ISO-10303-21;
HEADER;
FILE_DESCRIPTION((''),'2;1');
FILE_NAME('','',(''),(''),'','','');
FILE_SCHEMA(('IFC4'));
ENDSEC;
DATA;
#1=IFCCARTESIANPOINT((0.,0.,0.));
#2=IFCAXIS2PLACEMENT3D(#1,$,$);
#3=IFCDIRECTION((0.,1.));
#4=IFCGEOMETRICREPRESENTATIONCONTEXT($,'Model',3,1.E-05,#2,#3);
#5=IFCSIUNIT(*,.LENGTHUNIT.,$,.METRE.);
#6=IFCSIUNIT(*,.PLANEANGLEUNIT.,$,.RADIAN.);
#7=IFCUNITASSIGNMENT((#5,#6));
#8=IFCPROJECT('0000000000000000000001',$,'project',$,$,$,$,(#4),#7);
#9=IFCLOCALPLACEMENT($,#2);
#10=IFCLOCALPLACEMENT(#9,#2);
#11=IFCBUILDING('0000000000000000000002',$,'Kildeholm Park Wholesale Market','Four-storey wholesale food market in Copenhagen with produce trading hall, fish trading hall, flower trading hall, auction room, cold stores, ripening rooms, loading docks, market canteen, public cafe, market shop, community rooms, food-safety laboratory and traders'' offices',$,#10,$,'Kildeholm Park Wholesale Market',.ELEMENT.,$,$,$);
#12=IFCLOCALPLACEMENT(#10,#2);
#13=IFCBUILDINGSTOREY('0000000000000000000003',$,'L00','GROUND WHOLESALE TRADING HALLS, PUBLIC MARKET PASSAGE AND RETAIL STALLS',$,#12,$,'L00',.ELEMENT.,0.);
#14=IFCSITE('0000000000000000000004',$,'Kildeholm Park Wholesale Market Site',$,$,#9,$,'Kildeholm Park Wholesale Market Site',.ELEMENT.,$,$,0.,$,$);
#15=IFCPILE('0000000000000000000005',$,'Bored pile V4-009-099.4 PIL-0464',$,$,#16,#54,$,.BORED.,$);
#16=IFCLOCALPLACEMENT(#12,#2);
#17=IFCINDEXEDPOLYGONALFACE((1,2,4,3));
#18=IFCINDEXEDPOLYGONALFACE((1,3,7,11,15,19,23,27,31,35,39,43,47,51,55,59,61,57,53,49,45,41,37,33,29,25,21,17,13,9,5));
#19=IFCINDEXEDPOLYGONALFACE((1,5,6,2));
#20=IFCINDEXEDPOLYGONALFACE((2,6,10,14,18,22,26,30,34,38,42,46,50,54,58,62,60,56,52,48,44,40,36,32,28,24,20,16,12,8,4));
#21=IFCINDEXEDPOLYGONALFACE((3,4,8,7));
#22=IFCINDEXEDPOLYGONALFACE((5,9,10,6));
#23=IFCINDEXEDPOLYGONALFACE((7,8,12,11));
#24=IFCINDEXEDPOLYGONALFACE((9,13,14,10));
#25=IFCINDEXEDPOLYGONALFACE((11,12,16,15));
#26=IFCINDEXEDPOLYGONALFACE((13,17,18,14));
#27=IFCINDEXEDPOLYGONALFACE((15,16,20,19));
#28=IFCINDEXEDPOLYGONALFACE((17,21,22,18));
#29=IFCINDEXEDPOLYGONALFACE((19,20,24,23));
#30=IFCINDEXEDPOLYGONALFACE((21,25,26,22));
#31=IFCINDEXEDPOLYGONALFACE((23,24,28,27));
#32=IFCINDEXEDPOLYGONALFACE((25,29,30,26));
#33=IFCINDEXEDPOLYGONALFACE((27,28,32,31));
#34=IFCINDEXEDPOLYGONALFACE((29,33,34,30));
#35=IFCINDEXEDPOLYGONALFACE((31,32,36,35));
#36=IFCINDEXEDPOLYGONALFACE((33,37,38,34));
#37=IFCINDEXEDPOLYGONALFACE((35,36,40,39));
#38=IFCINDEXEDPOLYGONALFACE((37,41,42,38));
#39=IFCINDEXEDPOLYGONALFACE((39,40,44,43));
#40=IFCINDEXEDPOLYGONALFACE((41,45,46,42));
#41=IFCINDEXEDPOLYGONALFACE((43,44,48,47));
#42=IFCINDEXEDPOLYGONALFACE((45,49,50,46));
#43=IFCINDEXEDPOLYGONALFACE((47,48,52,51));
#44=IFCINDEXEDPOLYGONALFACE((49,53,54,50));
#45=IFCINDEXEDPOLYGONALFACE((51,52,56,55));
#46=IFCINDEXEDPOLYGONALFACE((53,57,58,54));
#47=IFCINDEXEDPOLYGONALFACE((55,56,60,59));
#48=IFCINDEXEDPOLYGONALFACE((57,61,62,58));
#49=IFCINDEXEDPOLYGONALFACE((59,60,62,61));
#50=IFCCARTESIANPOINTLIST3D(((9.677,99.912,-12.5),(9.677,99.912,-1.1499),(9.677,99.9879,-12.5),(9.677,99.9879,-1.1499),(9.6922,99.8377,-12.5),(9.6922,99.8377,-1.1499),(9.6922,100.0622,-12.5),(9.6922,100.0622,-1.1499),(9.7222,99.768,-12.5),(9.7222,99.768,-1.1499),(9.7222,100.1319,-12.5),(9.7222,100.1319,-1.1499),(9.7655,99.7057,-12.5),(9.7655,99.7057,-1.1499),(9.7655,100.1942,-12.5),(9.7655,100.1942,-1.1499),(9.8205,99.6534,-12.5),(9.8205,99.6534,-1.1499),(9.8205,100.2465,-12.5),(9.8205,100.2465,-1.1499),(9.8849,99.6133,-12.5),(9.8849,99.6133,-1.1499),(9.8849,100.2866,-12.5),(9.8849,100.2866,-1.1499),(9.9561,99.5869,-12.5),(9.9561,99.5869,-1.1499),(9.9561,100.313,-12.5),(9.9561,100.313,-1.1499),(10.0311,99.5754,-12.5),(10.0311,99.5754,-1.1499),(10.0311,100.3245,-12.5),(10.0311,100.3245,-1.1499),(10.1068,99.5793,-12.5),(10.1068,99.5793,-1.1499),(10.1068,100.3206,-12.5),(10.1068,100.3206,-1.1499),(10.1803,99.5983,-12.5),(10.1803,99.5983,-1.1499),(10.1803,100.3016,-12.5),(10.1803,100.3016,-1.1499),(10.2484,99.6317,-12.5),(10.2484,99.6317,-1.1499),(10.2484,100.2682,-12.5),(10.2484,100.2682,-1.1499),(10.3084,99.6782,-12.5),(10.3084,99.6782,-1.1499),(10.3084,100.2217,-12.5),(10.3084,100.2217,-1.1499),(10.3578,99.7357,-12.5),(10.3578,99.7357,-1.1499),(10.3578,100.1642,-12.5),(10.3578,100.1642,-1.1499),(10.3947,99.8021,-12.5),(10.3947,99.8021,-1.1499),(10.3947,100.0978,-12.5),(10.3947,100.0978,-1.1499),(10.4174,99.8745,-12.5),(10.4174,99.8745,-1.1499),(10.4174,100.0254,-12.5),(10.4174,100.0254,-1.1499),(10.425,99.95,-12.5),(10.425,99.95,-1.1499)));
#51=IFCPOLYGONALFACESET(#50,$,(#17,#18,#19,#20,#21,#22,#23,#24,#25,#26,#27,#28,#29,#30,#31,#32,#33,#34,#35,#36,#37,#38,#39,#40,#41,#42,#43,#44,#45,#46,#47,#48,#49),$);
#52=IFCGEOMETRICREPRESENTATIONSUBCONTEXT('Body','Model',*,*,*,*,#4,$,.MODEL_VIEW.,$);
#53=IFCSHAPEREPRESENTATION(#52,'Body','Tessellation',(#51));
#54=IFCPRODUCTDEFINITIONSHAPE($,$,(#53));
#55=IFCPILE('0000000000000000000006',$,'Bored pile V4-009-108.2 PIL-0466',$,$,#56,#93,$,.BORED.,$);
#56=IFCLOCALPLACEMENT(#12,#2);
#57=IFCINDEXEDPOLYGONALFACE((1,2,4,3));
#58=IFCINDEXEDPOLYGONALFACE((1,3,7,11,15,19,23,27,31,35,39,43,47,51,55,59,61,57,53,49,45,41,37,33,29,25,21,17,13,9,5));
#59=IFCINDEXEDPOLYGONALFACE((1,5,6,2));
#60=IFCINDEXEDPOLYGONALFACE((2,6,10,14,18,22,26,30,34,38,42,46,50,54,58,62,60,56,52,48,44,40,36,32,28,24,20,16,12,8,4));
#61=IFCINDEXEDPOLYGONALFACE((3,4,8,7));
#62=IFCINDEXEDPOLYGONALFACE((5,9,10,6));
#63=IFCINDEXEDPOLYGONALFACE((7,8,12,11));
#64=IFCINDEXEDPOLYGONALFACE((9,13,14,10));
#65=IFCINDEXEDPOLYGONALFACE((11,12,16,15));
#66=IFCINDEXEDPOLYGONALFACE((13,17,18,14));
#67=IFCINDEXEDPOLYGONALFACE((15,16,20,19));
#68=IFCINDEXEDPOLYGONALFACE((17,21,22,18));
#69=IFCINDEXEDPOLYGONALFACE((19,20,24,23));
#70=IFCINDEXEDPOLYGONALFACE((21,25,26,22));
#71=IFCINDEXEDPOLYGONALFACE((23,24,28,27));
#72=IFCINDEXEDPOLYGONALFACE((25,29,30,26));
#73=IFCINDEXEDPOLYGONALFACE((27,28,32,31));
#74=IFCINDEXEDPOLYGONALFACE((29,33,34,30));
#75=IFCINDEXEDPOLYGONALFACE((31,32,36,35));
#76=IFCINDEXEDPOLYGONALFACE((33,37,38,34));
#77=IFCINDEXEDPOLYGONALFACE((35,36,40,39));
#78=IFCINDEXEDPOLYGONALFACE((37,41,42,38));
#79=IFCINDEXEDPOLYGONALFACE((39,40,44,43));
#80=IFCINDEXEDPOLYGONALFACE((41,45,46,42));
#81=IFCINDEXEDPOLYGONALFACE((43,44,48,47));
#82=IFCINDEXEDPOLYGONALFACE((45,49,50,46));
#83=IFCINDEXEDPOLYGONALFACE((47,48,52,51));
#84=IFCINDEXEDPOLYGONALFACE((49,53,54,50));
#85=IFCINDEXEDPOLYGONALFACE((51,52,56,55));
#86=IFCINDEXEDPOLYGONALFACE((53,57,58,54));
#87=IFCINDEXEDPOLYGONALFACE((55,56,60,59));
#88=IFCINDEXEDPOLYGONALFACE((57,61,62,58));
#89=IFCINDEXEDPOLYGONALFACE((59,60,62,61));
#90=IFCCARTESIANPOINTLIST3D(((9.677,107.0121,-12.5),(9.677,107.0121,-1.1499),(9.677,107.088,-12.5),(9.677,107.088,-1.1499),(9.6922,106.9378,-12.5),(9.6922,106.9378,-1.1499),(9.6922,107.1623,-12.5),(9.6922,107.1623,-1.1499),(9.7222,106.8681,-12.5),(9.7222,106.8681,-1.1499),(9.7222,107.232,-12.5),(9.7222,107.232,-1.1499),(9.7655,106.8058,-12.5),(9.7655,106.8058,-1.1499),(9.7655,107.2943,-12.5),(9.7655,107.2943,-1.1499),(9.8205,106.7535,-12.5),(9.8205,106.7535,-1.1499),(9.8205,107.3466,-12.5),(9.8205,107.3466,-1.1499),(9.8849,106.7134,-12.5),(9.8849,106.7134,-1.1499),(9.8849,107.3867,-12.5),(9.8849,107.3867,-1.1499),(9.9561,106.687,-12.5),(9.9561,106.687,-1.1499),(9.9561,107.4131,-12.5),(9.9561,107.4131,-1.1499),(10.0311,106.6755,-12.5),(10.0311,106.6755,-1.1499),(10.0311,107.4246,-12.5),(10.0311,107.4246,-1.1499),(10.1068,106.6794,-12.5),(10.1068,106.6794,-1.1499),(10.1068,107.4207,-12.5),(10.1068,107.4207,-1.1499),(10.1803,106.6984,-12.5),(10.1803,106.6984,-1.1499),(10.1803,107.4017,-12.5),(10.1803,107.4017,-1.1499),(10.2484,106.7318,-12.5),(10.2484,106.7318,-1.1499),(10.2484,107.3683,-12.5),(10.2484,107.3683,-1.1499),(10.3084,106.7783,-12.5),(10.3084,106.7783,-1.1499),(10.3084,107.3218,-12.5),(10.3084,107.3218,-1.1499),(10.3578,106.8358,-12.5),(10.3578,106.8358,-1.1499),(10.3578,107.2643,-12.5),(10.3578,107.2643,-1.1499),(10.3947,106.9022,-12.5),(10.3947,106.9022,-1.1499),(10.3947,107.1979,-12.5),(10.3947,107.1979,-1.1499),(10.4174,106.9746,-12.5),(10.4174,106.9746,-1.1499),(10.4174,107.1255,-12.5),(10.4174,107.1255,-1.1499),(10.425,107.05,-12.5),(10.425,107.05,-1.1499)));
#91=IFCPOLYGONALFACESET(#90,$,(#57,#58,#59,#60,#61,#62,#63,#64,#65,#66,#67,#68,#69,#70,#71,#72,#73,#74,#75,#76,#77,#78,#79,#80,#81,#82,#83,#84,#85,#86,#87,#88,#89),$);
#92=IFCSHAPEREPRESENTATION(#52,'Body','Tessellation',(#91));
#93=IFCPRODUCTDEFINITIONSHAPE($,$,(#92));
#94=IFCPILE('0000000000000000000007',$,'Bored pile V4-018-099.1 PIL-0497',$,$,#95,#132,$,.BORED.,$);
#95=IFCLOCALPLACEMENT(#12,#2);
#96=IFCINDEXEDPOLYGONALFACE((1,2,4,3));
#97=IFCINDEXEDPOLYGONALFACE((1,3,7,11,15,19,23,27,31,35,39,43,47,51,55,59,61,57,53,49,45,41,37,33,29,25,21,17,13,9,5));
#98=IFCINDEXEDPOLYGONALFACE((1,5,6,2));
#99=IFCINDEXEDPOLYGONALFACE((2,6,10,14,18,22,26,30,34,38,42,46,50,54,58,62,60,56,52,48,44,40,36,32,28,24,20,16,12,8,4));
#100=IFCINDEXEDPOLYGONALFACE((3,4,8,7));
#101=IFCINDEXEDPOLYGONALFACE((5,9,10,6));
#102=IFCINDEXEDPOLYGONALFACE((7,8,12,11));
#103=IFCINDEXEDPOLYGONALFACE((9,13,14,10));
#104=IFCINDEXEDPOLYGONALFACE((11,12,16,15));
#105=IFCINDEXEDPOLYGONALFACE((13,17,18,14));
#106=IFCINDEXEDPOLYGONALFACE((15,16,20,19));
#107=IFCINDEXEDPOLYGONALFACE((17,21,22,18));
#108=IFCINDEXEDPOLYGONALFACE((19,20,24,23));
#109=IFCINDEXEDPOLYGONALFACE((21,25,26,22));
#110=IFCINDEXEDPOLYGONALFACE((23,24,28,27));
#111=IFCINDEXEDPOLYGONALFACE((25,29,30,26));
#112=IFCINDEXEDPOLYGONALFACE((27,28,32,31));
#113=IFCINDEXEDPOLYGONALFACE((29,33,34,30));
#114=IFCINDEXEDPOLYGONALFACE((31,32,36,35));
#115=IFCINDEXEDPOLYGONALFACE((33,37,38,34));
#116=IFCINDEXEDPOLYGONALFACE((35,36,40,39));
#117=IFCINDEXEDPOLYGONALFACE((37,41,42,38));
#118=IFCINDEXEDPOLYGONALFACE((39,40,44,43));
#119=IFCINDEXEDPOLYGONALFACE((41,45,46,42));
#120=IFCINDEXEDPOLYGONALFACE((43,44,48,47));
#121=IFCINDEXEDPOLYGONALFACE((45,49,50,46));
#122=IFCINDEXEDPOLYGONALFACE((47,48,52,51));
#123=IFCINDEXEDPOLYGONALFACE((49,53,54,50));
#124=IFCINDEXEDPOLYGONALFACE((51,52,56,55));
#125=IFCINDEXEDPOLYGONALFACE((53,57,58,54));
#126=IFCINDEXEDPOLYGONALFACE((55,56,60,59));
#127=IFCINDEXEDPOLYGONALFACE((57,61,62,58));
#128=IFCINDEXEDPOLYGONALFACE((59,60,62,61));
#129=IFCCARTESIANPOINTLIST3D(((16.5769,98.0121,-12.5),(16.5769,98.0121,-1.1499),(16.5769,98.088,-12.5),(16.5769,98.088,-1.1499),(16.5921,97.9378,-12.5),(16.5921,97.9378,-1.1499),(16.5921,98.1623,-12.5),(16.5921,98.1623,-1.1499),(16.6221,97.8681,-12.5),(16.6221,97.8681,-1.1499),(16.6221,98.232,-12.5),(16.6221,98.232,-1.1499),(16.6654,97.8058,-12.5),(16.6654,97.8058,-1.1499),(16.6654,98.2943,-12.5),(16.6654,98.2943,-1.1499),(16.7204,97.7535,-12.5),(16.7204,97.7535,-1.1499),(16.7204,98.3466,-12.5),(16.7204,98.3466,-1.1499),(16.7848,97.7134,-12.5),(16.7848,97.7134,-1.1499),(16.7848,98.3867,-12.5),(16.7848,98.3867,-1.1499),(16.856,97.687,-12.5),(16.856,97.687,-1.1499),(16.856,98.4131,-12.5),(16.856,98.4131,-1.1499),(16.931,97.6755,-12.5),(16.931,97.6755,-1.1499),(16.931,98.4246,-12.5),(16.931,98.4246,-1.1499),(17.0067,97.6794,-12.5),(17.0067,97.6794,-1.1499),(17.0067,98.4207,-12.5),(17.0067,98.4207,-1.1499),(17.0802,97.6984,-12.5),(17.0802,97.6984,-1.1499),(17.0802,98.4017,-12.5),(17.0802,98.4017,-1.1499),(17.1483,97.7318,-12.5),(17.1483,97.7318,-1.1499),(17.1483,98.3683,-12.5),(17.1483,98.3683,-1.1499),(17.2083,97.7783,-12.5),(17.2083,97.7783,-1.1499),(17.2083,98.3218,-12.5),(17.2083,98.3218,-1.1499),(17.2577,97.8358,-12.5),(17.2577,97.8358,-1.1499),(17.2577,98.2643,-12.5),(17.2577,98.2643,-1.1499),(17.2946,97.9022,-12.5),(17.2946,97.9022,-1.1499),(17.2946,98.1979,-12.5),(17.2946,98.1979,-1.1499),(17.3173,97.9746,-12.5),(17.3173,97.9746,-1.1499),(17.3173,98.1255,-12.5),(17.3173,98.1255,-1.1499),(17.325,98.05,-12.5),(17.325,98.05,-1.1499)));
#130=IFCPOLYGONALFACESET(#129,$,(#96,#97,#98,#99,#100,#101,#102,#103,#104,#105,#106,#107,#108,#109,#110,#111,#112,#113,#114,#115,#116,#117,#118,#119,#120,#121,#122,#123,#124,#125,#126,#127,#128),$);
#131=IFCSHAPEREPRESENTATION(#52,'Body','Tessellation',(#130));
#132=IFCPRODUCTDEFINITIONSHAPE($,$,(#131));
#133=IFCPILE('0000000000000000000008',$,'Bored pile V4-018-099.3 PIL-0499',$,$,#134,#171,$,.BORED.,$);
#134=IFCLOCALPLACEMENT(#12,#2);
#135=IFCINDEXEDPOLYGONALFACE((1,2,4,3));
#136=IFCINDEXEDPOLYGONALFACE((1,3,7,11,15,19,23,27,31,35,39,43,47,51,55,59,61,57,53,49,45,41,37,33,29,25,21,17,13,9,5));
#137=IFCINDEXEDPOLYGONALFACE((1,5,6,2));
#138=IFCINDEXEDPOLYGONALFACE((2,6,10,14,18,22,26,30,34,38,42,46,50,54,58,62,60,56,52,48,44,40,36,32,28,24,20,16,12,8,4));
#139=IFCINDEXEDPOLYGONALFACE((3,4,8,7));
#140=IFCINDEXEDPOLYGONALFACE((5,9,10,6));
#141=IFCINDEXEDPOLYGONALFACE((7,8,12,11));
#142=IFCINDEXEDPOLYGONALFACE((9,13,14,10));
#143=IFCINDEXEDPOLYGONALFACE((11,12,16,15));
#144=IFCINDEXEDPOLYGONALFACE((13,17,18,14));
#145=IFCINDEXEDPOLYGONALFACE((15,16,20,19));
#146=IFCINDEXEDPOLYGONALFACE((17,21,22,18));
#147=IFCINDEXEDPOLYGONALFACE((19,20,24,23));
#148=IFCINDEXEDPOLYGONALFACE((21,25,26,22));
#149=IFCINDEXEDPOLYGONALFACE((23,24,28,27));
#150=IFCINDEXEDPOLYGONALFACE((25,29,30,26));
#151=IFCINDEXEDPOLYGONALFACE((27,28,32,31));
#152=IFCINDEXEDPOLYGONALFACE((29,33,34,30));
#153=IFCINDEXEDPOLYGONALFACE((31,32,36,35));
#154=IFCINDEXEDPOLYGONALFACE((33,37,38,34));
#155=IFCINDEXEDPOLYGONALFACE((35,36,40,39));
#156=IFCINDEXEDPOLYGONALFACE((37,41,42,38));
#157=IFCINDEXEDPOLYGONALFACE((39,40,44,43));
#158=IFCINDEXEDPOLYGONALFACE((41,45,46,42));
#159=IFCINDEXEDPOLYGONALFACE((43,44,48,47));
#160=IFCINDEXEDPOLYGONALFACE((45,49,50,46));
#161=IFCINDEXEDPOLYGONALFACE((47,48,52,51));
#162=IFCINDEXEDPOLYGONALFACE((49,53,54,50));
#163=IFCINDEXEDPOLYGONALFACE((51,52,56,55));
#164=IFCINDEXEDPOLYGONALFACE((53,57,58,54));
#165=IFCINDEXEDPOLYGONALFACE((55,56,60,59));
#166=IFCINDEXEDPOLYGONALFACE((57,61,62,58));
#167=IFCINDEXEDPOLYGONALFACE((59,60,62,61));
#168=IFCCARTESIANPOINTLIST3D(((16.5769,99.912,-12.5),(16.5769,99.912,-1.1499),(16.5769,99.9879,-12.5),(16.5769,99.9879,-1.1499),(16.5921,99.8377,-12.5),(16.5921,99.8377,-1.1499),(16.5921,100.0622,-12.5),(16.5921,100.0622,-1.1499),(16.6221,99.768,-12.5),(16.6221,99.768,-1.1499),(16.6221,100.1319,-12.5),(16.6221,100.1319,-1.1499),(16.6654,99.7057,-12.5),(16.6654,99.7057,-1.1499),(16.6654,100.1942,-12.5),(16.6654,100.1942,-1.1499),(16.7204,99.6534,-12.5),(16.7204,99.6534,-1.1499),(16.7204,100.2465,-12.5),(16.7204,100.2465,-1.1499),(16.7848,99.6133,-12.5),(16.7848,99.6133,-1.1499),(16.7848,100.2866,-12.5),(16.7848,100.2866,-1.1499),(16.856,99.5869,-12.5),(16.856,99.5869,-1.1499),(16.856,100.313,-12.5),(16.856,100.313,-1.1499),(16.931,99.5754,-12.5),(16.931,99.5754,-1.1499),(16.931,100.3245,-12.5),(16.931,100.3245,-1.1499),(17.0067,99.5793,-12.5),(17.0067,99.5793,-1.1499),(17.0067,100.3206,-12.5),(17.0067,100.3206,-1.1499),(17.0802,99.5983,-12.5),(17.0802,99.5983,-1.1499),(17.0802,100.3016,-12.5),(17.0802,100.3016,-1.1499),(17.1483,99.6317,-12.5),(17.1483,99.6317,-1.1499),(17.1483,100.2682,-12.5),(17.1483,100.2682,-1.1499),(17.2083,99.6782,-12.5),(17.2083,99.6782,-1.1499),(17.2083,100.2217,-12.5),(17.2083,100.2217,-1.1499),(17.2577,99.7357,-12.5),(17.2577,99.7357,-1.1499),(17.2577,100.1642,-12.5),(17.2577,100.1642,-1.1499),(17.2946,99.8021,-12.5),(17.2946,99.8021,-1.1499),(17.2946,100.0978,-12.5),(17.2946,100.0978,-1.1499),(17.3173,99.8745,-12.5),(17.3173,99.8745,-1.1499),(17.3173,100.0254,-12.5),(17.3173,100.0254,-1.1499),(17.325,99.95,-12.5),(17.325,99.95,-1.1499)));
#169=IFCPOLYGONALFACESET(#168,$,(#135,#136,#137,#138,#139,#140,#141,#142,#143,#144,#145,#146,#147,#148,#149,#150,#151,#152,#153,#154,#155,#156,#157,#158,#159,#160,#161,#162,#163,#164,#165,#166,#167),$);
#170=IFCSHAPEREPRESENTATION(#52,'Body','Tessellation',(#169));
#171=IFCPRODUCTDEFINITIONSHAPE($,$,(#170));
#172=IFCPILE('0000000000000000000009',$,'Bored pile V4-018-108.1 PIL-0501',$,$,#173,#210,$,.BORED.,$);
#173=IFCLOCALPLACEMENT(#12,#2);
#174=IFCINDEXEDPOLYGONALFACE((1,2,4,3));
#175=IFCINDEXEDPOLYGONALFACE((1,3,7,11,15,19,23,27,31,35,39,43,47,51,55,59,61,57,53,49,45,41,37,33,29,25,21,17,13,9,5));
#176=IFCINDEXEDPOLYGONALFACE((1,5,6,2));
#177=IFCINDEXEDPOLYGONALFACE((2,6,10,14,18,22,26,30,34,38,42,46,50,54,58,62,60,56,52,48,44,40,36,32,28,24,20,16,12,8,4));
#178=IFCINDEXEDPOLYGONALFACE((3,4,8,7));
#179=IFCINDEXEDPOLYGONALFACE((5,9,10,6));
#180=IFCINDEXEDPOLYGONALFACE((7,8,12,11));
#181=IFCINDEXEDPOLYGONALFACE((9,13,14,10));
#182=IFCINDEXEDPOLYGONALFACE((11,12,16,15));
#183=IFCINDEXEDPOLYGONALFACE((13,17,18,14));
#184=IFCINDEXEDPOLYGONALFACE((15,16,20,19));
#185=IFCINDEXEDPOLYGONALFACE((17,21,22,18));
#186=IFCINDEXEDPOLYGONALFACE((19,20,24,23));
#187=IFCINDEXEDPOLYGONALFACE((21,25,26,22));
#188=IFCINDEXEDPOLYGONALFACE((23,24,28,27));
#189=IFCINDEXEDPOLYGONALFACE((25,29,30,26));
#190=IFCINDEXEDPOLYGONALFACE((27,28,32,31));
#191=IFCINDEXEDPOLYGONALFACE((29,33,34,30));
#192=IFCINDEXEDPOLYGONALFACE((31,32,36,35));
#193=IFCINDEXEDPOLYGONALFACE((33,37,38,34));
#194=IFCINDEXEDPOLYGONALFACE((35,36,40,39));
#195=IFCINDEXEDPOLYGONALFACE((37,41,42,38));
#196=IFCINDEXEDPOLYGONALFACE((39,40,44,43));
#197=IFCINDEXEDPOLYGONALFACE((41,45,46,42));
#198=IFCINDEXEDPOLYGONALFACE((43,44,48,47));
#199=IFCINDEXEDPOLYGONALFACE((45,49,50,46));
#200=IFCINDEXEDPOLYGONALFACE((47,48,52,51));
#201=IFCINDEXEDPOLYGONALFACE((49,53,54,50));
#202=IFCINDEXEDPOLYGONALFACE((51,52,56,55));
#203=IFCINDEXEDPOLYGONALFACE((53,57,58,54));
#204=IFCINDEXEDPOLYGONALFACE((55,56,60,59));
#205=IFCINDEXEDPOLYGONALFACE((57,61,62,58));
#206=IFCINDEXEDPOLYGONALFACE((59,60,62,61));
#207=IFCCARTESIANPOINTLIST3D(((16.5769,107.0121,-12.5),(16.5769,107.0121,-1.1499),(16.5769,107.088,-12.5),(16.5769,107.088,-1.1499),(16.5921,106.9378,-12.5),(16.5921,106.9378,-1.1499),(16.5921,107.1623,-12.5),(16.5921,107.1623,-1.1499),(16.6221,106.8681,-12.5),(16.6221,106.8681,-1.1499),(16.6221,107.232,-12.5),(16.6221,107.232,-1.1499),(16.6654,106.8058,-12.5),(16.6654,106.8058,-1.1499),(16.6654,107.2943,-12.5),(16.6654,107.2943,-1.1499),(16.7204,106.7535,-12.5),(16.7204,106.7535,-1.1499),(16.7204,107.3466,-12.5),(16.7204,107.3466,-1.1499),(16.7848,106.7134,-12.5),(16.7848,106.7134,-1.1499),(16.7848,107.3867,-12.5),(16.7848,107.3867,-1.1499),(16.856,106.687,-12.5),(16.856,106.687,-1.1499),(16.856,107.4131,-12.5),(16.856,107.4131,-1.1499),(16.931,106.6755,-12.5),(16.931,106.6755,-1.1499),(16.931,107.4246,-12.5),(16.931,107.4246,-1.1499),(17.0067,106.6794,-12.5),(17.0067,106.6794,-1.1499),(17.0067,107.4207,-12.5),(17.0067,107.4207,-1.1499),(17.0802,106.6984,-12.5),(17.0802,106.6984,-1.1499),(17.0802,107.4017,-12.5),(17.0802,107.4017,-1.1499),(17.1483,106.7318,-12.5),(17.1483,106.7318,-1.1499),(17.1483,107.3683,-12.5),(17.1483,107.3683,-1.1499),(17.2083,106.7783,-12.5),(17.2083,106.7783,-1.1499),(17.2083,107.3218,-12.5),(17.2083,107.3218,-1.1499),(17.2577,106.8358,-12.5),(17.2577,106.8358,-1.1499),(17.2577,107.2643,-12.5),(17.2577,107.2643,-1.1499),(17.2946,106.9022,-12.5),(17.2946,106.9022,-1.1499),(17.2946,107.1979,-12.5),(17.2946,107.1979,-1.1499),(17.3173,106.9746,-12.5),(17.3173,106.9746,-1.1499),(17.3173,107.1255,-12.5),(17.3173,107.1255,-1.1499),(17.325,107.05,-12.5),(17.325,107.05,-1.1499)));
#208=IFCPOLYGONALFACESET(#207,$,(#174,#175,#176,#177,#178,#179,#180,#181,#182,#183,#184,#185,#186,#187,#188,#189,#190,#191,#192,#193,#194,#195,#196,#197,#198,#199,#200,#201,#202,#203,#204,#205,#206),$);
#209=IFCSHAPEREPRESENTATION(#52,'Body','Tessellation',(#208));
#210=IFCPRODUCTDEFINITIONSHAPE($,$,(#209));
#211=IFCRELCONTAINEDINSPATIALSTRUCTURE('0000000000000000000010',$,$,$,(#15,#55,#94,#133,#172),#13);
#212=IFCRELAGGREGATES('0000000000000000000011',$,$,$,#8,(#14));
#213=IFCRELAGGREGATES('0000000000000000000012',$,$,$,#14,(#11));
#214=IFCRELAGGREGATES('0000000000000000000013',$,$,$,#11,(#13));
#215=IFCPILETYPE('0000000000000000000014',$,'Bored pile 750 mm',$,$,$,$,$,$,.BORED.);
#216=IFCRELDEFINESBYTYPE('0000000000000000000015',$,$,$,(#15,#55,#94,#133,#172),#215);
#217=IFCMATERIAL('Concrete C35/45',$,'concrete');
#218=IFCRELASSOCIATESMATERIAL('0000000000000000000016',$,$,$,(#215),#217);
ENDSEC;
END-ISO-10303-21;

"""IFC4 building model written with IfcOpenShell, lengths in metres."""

from ifc_helpers import new_model, si_unit, direction, frame, origin, origin_2d, place, context, subcontext, project, spatial, circle, extrude, material, material_profile, profile_set, type_object, element, save


model = new_model("IFC4")

# Units and contexts
model_context = context("Model", 3, precision=1e-05, world=origin(), true_north=direction((0.0, 1.0)))
body_context = subcontext(model_context, "Body", "Model", "MODEL_VIEW")
ifc_project = project(units=[si_unit("LENGTHUNIT", "METRE"), si_unit("PLANEANGLEUNIT", "RADIAN")], contexts=[model_context])

# Site, building, storey
site_placement = place(None, origin())
site = spatial("IfcSite", under=ifc_project, at=site_placement, Name="Kildeholm Park Wholesale Market Site", LongName="Kildeholm Park Wholesale Market Site", CompositionType="ELEMENT", RefElevation=0.0)
building_placement = place(site_placement, origin())
building = spatial("IfcBuilding", under=site, at=building_placement, Name="Kildeholm Park Wholesale Market", Description="Four-storey wholesale food market in Copenhagen with produce trading hall, fish trading hall, flower trading hall, auction room, cold stores, ripening rooms, loading docks, market canteen, public cafe, market shop, community rooms, food-safety laboratory and traders' offices", LongName="Kildeholm Park Wholesale Market", CompositionType="ELEMENT")
storey_placement = place(building_placement, origin())
storey = spatial("IfcBuildingStorey", under=building, at=storey_placement, Name="L00", Description="GROUND WHOLESALE TRADING HALLS, PUBLIC MARKET PASSAGE AND RETAIL STALLS", LongName="L00", CompositionType="ELEMENT", Elevation=0.0)

# Piles
ifc_material_1 = material(Name="Concrete C35/45", Category="concrete")
ifc_material_profile_1 = material_profile(ifc_material_1, circle(Radius=0.375, at=origin_2d()), Name="PILE D750")
ifc_profile_set_1 = profile_set([ifc_material_profile_1], Name="Concrete C35/45")
pile_type_1 = type_object("IfcPileType", Name="Bored pile 750 mm", PredefinedType="BORED", material=ifc_profile_set_1)
for number, where, z_axis, x_axis, name in (
    (1, (10.05, 99.95, -1.1499), (0.0, 0.0, -1.0), (1.0, 0.0, 0.0), "Bored pile V4-009-099.4 PIL-0464"),
    (2, (10.05, 107.05, -1.1499), (0.0, 0.0, -1.0), (1.0, 0.0, 0.0), "Bored pile V4-009-108.2 PIL-0466"),
    (3, (16.95, 98.05, -1.1499), (0.0, 0.0, -1.0), (1.0, 0.0, 0.0), "Bored pile V4-018-099.1 PIL-0497"),
    (4, (16.95, 99.95, -1.1499), (0.0, 0.0, -1.0), (1.0, 0.0, 0.0), "Bored pile V4-018-099.3 PIL-0499"),
    (5, (16.95, 107.05, -1.1499), (0.0, 0.0, -1.0), (1.0, 0.0, 0.0), "Bored pile V4-018-108.1 PIL-0501"),
):
    element("IfcPile", number, at=place(storey_placement, frame(where, z_axis=z_axis, x_axis=x_axis)), inside=storey, type_object=pile_type_1, Name=name, PredefinedType="BORED", context=body_context, shape_type="SweptSolid", body=[
        extrude(circle(Radius=0.375, at=origin_2d()), origin(), (0.0, 0.0, 1.0), 11.3501),
    ])

save(model, "model.ifc")
